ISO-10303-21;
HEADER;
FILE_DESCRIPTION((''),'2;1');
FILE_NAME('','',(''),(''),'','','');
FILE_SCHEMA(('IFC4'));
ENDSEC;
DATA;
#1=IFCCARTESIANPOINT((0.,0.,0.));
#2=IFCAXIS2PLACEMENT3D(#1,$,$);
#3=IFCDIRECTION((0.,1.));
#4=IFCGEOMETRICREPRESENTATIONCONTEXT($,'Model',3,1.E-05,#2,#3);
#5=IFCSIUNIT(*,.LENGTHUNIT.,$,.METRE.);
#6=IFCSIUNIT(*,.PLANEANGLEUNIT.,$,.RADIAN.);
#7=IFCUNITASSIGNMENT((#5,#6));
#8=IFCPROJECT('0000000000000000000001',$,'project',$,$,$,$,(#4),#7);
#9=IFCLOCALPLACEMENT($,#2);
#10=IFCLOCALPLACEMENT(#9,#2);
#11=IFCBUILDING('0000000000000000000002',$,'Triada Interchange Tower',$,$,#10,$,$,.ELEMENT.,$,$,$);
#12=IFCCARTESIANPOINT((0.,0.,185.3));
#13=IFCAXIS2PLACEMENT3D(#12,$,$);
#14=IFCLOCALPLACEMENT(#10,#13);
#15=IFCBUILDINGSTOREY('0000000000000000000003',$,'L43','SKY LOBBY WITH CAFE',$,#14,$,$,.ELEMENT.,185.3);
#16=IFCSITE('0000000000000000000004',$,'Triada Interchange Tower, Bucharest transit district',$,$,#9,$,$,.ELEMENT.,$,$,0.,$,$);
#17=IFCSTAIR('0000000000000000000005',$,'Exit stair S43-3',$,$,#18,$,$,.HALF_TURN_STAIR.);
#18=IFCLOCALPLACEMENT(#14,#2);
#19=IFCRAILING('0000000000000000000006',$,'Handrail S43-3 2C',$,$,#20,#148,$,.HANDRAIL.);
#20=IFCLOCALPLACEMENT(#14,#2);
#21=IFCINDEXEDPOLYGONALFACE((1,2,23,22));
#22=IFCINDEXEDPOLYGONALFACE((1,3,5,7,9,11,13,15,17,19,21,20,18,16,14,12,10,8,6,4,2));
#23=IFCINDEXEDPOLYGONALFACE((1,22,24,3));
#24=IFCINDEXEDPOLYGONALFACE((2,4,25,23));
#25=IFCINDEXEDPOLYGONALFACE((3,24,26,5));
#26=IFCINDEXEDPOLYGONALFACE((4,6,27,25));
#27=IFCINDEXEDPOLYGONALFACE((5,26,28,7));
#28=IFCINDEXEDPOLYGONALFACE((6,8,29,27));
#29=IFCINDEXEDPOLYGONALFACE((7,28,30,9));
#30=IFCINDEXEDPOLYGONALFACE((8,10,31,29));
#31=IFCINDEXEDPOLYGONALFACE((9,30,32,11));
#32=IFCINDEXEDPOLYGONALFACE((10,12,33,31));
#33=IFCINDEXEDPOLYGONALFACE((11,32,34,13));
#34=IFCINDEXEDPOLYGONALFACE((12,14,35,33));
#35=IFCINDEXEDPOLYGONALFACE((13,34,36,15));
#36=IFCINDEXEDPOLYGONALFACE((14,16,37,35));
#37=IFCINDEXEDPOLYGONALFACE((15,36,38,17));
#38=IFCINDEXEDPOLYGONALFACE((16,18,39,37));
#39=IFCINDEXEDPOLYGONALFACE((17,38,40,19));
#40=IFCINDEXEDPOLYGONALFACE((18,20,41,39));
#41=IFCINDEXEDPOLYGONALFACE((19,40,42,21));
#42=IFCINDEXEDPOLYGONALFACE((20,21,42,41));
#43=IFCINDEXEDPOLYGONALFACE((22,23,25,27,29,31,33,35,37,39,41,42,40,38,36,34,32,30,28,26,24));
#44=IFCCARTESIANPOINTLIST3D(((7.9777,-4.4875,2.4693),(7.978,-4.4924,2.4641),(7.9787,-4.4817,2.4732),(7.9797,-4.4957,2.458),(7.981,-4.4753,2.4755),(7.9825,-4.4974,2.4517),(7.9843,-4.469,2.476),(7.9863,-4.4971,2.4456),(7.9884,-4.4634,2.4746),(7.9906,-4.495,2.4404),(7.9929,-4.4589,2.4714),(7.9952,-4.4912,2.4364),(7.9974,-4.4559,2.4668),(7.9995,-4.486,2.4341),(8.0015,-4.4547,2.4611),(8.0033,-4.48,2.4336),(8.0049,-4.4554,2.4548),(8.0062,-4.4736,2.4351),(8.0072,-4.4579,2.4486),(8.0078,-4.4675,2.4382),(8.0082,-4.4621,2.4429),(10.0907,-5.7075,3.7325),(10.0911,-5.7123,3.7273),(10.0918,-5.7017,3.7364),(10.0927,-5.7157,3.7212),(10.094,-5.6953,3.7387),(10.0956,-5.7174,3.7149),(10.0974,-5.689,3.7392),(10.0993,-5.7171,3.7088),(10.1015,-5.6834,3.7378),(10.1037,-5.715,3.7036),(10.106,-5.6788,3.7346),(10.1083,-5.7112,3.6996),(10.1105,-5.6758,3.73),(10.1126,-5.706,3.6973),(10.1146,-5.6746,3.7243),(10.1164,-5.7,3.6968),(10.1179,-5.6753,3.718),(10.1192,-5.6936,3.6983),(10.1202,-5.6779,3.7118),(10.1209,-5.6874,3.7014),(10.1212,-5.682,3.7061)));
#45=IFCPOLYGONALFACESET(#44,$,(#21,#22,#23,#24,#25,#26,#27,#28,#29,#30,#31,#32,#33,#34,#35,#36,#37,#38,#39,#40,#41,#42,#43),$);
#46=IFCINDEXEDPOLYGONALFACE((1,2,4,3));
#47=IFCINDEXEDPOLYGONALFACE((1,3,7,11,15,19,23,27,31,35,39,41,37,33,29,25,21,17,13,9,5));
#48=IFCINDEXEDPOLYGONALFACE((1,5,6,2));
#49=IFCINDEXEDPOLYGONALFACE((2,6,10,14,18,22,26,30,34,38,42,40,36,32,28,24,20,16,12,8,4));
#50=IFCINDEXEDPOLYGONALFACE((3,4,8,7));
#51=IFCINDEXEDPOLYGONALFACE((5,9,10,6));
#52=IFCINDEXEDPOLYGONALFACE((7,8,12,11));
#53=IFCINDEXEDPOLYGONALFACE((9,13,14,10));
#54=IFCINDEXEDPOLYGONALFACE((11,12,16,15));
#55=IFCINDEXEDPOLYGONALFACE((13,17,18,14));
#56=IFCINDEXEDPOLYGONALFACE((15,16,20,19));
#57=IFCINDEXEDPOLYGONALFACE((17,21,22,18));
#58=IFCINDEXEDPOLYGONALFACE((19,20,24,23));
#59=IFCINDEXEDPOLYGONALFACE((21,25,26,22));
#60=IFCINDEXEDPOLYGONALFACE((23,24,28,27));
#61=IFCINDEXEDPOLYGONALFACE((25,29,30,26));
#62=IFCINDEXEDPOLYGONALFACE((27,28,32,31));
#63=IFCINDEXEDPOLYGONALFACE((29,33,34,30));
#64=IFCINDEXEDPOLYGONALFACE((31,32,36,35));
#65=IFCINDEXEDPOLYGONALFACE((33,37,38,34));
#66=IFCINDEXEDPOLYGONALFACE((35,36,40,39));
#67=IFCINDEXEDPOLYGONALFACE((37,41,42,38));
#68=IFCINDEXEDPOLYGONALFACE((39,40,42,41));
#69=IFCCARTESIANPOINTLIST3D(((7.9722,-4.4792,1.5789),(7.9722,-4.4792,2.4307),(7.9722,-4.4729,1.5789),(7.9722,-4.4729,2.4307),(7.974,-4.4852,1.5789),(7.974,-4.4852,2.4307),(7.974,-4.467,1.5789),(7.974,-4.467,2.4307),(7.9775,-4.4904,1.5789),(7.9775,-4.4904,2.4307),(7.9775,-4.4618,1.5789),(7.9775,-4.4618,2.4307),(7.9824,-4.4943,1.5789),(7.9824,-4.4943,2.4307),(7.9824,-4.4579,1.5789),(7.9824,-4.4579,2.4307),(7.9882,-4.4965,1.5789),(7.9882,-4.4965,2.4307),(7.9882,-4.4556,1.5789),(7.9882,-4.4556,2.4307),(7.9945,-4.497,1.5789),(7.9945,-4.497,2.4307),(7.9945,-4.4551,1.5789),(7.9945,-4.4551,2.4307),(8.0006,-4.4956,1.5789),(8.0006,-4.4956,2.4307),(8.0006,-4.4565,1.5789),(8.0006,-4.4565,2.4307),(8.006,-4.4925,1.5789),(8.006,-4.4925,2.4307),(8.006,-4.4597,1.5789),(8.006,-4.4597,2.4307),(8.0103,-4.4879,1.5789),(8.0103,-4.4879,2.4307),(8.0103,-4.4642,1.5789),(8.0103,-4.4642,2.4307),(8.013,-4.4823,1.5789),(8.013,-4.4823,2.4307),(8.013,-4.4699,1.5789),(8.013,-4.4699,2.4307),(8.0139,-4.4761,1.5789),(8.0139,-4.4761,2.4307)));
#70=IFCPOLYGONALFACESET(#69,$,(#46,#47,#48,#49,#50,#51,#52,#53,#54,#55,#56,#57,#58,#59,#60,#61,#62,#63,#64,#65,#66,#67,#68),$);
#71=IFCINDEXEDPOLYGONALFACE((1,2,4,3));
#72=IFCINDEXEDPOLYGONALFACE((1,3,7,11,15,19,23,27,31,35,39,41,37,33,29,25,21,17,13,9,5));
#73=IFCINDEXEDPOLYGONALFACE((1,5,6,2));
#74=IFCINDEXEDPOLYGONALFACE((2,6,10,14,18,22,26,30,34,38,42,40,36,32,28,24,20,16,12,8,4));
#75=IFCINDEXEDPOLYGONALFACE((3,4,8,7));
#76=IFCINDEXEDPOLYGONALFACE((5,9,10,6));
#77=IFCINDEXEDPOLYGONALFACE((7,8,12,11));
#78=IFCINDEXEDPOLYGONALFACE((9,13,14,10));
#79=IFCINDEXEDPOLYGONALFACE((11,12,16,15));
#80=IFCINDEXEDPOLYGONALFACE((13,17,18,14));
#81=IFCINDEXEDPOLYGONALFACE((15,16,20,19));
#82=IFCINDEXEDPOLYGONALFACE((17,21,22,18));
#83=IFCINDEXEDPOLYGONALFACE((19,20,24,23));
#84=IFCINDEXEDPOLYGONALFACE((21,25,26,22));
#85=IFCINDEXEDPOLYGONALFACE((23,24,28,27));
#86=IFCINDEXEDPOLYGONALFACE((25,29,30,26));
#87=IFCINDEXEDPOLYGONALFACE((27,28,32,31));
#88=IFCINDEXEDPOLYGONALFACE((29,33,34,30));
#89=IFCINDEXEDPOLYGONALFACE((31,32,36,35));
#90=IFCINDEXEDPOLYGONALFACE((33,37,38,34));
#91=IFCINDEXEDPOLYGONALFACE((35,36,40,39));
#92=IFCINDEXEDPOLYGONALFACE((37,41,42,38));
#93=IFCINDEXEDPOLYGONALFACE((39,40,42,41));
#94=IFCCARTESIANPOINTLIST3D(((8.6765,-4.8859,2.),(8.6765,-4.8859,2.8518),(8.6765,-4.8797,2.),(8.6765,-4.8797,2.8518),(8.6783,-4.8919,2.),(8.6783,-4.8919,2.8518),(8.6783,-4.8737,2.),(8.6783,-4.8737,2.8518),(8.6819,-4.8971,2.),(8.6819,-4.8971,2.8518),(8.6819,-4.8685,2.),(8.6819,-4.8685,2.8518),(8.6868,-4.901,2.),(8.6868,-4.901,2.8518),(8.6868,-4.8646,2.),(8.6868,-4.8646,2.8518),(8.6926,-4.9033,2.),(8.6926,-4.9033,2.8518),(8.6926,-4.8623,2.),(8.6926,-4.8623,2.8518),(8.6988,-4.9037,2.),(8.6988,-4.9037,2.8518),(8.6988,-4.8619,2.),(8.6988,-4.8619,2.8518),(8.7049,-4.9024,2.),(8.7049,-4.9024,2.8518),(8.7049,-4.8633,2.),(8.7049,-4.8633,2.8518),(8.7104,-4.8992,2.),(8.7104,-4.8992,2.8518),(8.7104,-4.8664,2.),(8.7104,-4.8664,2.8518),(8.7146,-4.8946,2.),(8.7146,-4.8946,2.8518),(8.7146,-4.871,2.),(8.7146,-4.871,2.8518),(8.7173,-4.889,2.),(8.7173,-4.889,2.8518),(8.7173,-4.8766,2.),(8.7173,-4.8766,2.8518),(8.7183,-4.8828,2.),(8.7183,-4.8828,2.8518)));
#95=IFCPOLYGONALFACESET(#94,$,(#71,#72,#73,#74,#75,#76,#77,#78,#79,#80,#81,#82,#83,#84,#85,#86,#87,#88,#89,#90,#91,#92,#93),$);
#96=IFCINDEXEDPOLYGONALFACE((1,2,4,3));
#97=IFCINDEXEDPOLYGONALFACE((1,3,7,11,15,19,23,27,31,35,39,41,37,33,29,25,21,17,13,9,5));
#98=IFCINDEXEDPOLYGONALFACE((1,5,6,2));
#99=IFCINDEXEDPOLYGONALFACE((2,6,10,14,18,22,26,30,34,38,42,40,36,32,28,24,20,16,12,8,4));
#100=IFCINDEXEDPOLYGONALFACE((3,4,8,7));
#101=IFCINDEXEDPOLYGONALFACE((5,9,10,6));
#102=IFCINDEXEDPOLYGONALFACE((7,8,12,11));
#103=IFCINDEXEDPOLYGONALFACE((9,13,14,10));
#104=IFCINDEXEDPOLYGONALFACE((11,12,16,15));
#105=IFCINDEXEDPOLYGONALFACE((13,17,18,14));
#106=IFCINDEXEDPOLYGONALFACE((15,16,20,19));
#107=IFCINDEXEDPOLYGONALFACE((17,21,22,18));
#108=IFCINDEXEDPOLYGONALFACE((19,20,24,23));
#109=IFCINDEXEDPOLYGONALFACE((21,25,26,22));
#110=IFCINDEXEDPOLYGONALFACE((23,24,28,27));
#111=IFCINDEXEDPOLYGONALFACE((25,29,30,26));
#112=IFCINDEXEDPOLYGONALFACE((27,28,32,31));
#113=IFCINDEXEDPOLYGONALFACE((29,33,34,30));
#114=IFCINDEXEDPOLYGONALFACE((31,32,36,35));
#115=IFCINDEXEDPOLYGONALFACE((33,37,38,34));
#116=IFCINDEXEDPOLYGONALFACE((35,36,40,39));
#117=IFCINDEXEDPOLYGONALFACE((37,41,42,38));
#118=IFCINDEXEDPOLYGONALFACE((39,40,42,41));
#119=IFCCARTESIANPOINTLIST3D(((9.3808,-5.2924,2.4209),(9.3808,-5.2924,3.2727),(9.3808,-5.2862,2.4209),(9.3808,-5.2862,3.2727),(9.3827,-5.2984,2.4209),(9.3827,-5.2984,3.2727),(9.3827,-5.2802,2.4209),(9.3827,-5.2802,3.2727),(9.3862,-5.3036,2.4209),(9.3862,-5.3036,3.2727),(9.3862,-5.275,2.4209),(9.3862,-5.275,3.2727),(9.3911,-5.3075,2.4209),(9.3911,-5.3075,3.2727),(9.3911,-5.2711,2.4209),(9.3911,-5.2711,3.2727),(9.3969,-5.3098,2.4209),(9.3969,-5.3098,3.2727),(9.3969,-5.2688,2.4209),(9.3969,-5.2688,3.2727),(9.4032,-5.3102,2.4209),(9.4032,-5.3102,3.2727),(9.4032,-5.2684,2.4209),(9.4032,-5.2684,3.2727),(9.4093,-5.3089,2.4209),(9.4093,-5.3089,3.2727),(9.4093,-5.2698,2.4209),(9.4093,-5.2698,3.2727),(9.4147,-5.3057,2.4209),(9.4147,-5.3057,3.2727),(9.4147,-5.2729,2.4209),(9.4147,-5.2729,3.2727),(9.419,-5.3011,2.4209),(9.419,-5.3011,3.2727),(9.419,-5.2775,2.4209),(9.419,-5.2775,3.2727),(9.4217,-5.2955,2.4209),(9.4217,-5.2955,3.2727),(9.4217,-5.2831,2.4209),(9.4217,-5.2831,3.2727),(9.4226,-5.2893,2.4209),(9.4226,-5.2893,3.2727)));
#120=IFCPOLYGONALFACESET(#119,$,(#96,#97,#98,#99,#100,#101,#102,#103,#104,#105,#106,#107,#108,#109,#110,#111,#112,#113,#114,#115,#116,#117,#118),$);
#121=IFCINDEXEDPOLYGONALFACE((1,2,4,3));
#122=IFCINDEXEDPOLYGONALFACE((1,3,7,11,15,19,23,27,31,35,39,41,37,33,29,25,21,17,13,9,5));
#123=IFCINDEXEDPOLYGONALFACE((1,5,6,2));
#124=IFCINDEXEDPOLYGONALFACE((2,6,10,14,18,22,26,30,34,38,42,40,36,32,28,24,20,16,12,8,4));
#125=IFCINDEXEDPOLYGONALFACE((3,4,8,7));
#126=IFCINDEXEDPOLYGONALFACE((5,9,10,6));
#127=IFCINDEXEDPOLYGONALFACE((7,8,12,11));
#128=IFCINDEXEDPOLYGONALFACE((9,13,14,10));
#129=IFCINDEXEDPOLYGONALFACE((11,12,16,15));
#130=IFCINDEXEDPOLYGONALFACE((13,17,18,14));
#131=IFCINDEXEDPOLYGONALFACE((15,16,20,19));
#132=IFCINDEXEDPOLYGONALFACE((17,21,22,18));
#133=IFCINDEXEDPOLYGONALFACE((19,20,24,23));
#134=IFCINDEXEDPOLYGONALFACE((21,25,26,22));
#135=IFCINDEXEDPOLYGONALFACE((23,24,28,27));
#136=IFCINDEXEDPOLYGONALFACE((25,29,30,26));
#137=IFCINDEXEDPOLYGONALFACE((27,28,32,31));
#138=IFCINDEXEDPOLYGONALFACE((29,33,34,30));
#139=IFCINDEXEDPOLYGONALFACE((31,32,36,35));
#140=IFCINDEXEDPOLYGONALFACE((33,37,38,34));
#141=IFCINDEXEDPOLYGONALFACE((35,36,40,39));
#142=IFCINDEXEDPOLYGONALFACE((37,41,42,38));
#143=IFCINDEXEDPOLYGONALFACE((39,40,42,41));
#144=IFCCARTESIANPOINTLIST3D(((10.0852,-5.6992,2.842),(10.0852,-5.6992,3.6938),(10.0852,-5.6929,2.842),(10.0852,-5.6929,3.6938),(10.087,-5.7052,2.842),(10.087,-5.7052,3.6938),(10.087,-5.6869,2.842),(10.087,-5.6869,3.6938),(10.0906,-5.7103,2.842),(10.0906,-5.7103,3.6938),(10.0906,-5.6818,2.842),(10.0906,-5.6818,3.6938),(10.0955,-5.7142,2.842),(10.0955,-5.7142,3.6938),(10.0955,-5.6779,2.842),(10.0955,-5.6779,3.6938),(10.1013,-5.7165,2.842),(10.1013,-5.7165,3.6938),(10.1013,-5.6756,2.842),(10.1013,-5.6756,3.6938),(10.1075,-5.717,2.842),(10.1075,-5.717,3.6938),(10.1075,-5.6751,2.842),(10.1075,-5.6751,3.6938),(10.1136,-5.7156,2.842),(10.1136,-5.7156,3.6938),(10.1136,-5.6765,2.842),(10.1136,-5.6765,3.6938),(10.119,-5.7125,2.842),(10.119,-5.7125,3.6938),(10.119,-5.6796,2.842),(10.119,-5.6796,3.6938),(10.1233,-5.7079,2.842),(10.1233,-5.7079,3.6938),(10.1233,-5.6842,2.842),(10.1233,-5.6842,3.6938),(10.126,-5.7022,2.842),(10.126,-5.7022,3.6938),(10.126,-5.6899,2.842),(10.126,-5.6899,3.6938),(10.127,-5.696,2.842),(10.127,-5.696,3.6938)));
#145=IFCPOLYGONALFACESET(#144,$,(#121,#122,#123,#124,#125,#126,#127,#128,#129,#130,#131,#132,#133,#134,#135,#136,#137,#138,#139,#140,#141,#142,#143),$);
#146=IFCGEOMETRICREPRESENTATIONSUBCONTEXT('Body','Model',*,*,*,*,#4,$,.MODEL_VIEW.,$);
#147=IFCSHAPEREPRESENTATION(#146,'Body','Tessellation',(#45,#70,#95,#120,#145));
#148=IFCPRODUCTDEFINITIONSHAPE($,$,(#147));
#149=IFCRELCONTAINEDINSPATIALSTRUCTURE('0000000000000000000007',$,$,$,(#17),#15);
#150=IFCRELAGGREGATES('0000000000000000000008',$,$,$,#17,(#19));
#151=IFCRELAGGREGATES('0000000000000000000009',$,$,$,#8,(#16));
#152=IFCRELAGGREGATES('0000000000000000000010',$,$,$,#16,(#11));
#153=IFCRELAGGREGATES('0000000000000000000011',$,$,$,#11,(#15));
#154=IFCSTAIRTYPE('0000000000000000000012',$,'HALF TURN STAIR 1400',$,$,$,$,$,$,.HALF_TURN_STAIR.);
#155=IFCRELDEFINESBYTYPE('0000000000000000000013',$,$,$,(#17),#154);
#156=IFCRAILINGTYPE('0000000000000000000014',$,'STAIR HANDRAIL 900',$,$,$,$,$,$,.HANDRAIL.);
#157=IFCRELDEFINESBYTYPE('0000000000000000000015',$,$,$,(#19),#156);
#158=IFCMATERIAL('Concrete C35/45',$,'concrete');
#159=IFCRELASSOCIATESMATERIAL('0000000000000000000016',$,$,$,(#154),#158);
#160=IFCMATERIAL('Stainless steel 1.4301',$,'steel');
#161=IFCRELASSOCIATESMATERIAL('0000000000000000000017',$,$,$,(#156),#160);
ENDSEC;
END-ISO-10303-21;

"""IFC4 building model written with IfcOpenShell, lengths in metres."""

from ifc_helpers import new_model, si_unit, direction, frame, origin, origin_2d, place, context, subcontext, project, spatial, circle, extrude, material, type_object, element, aggregate, save


model = new_model("IFC4")

# Units and contexts
model_context = context("Model", 3, precision=1e-05, world=origin(), true_north=direction((0.0, 1.0)))
body_context = subcontext(model_context, "Body", "Model", "MODEL_VIEW")
ifc_project = project(units=[si_unit("LENGTHUNIT", "METRE"), si_unit("PLANEANGLEUNIT", "RADIAN")], contexts=[model_context])

# Site, building, storey
site_placement = place(None, origin())
site = spatial("IfcSite", under=ifc_project, at=site_placement, Name="Triada Interchange Tower, Bucharest transit district", CompositionType="ELEMENT", RefElevation=0.0)
building_placement = place(site_placement, origin())
building = spatial("IfcBuilding", under=site, at=building_placement, Name="Triada Interchange Tower", CompositionType="ELEMENT")
storey_placement = place(building_placement, frame((0.0, 0.0, 185.3)))
storey = spatial("IfcBuildingStorey", under=building, at=storey_placement, Name="L43", Description="SKY LOBBY WITH CAFE", CompositionType="ELEMENT", Elevation=185.3)

# Shared definitions
ifc_material_1 = material(Name="Concrete C35/45", Category="concrete")

# Stair
stair_type = type_object("IfcStairType", Name="HALF TURN STAIR 1400", PredefinedType="HALF_TURN_STAIR", material=ifc_material_1)
stair_placement = place(storey_placement, origin())
stair = element("IfcStair", 1, at=stair_placement, inside=storey, type_object=stair_type, Name="Exit stair S43-3", PredefinedType="HALF_TURN_STAIR")

# Railing
ifc_material_2 = material(Name="Stainless steel 1.4301", Category="steel")
railing_type_1 = type_object("IfcRailingType", Name="STAIR HANDRAIL 900", PredefinedType="HANDRAIL", material=ifc_material_2)
railing_1_placement = place(storey_placement, frame((7.9929, -4.4761, 1.5789)))
railing_1 = element("IfcRailing", 2, at=railing_1_placement, type_object=railing_type_1, Name="Handrail S43-3 2C", PredefinedType="HANDRAIL", context=body_context, shape_type="SweptSolid", body=[
    extrude(circle(Radius=0.0239, at=origin_2d()), frame((0.0, 0.0, 0.876), z_axis=(0.76907, -0.444026, 0.459753), x_axis=(0.500003, 0.866024, 0.0)), (0.0, 0.0, 1.0), 2.7476),
    extrude(circle(Radius=0.021, at=origin_2d()), origin(), (0.0, 0.0, 1.0), 0.8518),
    extrude(circle(Radius=0.021, at=origin_2d()), frame((0.7043, -0.4067, 0.4211)), (0.0, 0.0, 1.0), 0.8518),
    extrude(circle(Radius=0.021, at=origin_2d()), frame((1.4087, -0.8132, 0.842)), (0.0, 0.0, 1.0), 0.8518),
    extrude(circle(Radius=0.021, at=origin_2d()), frame((2.113, -1.22, 1.2632)), (0.0, 0.0, 1.0), 0.8518),
])
aggregate(stair, [railing_1])

save(model, "model.ifc")
